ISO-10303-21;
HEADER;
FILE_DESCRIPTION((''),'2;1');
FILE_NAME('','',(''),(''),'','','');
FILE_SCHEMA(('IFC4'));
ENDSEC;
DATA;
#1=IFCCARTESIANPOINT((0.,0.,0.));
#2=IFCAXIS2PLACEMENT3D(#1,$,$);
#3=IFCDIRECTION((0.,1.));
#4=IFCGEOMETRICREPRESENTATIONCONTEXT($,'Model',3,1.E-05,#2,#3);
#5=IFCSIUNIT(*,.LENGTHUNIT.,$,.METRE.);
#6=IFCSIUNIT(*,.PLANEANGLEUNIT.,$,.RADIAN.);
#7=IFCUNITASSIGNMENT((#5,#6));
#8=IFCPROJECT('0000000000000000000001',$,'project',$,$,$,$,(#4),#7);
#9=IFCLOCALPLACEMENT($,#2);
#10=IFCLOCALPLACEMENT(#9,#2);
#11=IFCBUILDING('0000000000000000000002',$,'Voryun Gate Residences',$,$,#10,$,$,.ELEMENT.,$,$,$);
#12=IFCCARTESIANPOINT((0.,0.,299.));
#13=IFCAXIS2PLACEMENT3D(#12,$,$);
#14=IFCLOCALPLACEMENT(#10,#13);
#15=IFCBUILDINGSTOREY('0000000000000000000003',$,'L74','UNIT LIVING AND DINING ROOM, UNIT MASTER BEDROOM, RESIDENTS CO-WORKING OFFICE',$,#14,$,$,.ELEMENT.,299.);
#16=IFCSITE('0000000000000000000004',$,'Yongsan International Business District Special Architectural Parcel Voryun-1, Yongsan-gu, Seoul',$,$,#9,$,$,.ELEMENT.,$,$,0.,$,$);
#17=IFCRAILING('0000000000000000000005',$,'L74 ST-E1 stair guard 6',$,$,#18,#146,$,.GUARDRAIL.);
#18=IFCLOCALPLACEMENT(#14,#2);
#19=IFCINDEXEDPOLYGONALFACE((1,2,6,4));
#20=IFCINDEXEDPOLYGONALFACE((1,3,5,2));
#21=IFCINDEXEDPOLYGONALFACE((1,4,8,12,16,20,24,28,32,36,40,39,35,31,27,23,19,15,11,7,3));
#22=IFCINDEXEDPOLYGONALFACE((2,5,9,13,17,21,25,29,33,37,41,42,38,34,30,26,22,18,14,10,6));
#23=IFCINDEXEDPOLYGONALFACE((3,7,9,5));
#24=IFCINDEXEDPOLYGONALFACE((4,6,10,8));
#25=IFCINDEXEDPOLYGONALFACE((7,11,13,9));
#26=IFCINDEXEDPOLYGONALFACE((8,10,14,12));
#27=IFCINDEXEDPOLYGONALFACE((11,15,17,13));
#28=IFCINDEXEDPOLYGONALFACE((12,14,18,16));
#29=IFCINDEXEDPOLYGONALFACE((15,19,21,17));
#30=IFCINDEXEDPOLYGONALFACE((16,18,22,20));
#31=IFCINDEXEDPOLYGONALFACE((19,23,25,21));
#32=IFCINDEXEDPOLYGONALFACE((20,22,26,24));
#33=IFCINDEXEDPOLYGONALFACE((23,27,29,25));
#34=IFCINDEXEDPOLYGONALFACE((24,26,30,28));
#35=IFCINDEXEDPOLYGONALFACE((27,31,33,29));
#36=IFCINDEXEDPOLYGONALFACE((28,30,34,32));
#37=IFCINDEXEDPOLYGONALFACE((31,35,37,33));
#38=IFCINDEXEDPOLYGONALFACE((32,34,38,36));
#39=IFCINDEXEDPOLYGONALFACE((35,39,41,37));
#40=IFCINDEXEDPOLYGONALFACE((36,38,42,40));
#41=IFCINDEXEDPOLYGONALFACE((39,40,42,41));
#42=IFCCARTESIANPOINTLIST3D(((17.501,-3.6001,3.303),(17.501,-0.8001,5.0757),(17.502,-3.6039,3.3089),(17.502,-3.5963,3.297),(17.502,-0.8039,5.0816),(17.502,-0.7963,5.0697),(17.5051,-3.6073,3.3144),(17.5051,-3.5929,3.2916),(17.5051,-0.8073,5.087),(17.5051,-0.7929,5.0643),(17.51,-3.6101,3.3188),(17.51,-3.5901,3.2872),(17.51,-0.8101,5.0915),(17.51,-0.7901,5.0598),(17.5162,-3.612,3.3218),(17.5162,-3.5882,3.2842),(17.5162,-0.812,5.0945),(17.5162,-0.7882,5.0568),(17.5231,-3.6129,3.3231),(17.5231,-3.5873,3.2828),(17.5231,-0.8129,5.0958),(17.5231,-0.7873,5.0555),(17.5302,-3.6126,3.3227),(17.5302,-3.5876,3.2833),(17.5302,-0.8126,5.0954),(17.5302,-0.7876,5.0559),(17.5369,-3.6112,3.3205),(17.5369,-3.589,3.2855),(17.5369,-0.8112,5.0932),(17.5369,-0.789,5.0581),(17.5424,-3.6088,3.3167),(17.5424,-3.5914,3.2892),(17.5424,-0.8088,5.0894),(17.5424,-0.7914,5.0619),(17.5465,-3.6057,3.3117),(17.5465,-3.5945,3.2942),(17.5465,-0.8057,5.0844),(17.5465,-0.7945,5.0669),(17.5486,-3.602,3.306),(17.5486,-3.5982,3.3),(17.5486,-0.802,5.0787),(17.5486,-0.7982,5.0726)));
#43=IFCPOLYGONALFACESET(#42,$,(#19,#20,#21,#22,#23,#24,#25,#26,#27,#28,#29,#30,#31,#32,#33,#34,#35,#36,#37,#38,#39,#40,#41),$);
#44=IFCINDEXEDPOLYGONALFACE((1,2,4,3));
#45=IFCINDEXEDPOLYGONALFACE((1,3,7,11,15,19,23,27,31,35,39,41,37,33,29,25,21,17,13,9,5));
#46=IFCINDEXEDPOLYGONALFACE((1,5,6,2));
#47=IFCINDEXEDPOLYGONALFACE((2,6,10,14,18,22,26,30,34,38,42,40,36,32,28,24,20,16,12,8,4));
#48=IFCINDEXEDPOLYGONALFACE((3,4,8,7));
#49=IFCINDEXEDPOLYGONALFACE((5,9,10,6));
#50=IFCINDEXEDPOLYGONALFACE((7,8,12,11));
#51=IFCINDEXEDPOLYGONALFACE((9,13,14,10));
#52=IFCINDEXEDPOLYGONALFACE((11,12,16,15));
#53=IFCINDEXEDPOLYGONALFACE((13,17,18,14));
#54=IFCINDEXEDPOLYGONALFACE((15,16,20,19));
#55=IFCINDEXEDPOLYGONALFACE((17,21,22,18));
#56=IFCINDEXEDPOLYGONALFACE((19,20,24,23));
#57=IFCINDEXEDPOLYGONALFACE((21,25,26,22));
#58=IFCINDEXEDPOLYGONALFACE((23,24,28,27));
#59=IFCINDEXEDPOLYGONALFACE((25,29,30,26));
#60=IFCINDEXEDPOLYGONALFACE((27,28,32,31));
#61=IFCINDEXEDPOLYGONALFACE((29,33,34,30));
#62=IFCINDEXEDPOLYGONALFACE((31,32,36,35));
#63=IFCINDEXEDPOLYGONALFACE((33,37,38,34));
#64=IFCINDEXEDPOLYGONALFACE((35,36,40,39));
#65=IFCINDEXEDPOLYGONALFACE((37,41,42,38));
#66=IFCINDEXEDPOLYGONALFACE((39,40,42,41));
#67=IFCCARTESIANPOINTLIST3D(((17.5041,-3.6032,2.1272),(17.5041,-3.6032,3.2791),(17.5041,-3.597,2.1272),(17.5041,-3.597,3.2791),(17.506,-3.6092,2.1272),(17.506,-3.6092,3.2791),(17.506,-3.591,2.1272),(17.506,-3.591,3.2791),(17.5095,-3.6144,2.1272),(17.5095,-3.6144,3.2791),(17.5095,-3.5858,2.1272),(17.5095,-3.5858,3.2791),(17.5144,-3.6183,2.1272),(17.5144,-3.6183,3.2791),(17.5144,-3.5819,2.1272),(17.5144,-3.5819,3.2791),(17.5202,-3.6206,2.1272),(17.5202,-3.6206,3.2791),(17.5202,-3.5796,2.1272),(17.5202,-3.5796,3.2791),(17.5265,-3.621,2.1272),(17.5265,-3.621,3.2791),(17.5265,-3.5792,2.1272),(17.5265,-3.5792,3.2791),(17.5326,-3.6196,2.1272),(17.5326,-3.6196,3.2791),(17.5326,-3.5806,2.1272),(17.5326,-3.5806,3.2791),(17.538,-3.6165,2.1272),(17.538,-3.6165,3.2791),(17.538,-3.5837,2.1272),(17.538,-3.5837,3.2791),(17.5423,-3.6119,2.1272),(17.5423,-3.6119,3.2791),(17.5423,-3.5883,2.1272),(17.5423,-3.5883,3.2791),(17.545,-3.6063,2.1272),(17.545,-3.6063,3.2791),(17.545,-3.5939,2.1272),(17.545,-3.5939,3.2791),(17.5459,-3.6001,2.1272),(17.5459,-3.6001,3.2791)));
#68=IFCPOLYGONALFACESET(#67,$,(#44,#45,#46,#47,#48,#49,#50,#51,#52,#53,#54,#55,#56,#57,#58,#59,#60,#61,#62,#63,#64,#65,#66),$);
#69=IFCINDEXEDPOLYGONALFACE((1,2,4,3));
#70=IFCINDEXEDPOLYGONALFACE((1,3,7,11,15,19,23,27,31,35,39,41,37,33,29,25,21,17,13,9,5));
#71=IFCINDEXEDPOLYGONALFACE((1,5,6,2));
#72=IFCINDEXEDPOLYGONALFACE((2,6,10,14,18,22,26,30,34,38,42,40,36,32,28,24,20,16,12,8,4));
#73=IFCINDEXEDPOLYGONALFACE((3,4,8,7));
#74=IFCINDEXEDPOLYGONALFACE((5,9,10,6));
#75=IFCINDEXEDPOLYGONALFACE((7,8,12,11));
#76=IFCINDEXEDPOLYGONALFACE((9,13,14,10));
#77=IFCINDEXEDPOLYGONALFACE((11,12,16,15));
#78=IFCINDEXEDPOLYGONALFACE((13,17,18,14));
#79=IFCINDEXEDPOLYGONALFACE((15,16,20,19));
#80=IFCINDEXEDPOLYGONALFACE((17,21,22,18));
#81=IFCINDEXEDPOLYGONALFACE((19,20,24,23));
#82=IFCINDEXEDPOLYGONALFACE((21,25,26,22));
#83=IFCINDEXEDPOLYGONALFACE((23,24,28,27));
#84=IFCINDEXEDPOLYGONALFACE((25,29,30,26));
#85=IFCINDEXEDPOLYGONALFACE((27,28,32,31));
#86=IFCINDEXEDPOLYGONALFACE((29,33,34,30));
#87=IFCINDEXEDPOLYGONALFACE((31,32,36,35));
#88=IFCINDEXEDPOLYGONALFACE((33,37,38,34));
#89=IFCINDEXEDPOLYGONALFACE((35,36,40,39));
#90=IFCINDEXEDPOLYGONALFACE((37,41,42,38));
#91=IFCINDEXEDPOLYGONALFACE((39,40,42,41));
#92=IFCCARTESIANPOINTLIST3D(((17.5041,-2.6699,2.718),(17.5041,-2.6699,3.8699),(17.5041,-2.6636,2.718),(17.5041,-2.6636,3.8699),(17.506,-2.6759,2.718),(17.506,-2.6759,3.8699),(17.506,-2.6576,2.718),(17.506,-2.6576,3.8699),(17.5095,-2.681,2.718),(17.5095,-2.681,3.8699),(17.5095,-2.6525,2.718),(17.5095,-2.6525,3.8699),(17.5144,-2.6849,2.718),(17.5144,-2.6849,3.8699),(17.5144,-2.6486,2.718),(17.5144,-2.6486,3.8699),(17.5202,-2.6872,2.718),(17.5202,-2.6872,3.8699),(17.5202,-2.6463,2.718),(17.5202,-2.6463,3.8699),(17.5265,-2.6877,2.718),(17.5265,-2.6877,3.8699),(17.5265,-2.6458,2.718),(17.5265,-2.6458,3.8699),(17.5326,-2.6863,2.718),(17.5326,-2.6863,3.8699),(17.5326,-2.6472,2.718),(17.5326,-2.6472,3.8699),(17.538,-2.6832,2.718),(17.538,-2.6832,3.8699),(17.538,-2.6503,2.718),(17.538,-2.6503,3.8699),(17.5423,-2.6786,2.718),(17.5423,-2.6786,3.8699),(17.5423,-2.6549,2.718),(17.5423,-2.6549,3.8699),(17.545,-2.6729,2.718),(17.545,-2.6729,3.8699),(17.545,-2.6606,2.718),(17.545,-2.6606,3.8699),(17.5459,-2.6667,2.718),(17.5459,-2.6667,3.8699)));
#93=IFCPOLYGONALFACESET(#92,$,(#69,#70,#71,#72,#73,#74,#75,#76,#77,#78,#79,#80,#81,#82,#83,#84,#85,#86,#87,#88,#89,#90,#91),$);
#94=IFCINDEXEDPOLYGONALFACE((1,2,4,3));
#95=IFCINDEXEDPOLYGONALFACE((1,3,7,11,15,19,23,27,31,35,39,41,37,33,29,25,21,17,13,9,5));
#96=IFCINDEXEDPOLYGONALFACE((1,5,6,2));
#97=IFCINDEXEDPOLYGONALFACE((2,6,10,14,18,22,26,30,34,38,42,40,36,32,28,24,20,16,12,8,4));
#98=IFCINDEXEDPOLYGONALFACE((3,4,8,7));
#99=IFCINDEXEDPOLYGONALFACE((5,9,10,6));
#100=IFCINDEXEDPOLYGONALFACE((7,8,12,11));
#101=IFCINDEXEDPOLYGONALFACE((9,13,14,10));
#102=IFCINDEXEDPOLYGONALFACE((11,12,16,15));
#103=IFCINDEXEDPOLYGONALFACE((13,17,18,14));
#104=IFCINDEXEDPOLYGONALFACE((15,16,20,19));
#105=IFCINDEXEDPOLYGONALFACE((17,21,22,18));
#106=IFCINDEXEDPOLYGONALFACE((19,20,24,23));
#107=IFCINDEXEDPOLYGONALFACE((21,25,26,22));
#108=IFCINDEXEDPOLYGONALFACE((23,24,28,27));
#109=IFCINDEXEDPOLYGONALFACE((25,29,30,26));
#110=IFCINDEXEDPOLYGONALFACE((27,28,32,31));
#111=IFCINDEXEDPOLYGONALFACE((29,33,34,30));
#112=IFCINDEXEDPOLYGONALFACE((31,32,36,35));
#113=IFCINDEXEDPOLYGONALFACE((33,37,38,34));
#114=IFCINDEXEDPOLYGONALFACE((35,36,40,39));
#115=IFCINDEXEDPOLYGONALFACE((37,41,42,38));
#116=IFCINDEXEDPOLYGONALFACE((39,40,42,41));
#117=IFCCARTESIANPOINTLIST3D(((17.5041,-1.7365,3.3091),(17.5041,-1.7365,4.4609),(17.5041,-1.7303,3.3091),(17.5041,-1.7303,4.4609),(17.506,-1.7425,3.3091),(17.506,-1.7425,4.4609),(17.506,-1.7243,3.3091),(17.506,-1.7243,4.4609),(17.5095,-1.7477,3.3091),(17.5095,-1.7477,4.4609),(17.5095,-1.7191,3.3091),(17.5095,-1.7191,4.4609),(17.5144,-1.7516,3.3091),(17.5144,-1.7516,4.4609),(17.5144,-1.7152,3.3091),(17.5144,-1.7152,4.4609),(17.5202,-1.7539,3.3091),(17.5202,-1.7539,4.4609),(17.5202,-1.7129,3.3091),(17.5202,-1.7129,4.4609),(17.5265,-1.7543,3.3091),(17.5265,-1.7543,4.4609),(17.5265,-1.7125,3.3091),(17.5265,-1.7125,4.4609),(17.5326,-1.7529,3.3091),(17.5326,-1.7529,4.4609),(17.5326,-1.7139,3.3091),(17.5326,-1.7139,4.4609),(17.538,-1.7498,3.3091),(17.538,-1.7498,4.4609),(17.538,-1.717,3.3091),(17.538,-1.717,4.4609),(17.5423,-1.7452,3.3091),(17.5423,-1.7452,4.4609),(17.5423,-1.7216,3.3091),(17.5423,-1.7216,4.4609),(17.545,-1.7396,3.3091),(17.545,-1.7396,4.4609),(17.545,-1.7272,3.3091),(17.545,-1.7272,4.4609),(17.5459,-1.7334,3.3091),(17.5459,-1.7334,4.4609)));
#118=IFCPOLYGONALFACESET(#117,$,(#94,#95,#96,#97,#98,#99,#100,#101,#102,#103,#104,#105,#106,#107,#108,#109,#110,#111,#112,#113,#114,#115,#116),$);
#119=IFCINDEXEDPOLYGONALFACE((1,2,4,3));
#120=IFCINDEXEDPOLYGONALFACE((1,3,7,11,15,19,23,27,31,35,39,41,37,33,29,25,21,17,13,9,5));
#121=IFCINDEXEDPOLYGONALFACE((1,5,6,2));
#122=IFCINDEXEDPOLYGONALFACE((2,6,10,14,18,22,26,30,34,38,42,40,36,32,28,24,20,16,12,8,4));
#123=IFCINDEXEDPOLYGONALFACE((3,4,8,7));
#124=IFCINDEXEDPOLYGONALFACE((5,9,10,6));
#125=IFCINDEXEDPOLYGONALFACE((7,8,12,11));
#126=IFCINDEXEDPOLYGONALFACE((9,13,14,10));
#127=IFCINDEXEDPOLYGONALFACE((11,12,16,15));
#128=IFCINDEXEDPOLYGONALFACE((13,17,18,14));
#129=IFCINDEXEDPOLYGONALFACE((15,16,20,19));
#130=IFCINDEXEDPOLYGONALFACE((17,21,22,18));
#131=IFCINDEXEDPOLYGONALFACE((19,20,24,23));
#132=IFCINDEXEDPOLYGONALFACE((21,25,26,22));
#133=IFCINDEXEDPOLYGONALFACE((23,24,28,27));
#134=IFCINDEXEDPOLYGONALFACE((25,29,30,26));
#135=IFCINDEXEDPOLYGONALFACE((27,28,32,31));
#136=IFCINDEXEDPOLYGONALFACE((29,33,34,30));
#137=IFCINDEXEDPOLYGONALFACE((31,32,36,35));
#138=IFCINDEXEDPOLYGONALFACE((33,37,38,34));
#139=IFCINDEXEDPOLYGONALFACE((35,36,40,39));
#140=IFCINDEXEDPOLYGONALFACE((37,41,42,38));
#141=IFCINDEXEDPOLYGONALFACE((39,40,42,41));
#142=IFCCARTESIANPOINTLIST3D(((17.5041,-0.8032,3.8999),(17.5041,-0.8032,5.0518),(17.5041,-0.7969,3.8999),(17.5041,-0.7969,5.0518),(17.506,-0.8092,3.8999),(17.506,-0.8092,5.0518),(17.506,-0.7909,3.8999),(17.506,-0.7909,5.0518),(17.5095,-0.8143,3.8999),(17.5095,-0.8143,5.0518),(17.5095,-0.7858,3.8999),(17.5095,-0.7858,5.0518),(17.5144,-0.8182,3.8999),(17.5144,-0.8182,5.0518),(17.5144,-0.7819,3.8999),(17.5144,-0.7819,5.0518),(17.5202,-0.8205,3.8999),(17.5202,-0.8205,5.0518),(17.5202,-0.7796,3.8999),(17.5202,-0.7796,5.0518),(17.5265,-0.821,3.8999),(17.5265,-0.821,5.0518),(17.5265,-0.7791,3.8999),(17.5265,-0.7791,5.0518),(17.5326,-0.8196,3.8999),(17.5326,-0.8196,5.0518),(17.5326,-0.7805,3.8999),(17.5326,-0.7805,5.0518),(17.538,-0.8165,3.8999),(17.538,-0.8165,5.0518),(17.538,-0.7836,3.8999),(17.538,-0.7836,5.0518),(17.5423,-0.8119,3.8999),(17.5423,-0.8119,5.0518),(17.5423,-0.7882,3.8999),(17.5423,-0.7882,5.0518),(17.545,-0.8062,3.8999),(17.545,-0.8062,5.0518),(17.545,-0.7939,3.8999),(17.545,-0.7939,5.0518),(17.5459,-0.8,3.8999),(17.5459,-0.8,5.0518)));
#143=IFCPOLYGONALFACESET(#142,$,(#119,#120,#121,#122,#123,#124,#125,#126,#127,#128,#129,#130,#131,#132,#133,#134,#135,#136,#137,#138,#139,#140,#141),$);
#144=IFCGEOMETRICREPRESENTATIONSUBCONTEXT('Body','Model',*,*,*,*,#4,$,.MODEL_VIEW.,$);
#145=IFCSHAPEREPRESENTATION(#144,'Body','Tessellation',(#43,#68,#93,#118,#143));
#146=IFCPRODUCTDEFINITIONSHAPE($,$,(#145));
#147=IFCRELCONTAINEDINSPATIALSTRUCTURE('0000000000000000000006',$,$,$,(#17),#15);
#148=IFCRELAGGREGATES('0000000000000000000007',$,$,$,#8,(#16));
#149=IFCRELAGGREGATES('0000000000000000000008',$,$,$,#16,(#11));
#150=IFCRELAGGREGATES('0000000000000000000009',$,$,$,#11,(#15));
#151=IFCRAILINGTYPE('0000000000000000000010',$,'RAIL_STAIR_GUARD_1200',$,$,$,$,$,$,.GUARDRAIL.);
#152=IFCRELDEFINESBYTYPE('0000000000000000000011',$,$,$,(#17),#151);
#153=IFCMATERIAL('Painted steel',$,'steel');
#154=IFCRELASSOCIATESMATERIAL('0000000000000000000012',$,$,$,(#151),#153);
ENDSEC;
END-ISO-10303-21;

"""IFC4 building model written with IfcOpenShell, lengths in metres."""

from ifc_helpers import new_model, si_unit, direction, frame, origin, origin_2d, place, context, subcontext, project, spatial, circle, extrude, material, type_object, element, save


model = new_model("IFC4")

# Units and contexts
model_context = context("Model", 3, precision=1e-05, world=origin(), true_north=direction((0.0, 1.0)))
body_context = subcontext(model_context, "Body", "Model", "MODEL_VIEW")
ifc_project = project(units=[si_unit("LENGTHUNIT", "METRE"), si_unit("PLANEANGLEUNIT", "RADIAN")], contexts=[model_context])

# Site, building, storey
site_placement = place(None, origin())
site = spatial("IfcSite", under=ifc_project, at=site_placement, Name="Yongsan International Business District Special Architectural Parcel Voryun-1, Yongsan-gu, Seoul", CompositionType="ELEMENT", RefElevation=0.0)
building_placement = place(site_placement, origin())
building = spatial("IfcBuilding", under=site, at=building_placement, Name="Voryun Gate Residences", CompositionType="ELEMENT")
storey_placement = place(building_placement, frame((0.0, 0.0, 299.0)))
storey = spatial("IfcBuildingStorey", under=building, at=storey_placement, Name="L74", Description="UNIT LIVING AND DINING ROOM, UNIT MASTER BEDROOM, RESIDENTS CO-WORKING OFFICE", CompositionType="ELEMENT", Elevation=299.0)

# Railing
ifc_material_1 = material(Name="Painted steel", Category="steel")
railing_type_1 = type_object("IfcRailingType", Name="RAIL_STAIR_GUARD_1200", PredefinedType="GUARDRAIL", material=ifc_material_1)
railing_1_placement = place(storey_placement, frame((17.5249, -3.6001, 2.1272)))
element("IfcRailing", 1, at=railing_1_placement, inside=storey, type_object=railing_type_1, Name="L74 ST-E1 stair guard 6", PredefinedType="GUARDRAIL", context=body_context, shape_type="SweptSolid", body=[
    extrude(circle(Radius=0.0239, at=origin_2d()), frame((0.0, 0.0, 1.1758), z_axis=(0.0, 0.844909, 0.53491), x_axis=(-1.0, 0.0, 0.0)), (0.0, 0.0, 1.0), 3.314),
    extrude(circle(Radius=0.021, at=origin_2d()), origin(), (0.0, 0.0, 1.0), 1.1519),
    extrude(circle(Radius=0.021, at=origin_2d()), frame((0.0, 0.9333, 0.5908)), (0.0, 0.0, 1.0), 1.1519),
    extrude(circle(Radius=0.021, at=origin_2d()), frame((0.0, 1.8667, 1.1819)), (0.0, 0.0, 1.0), 1.1519),
    extrude(circle(Radius=0.021, at=origin_2d()), frame((0.0, 2.8, 1.7727)), (0.0, 0.0, 1.0), 1.1519),
])

save(model, "model.ifc")
